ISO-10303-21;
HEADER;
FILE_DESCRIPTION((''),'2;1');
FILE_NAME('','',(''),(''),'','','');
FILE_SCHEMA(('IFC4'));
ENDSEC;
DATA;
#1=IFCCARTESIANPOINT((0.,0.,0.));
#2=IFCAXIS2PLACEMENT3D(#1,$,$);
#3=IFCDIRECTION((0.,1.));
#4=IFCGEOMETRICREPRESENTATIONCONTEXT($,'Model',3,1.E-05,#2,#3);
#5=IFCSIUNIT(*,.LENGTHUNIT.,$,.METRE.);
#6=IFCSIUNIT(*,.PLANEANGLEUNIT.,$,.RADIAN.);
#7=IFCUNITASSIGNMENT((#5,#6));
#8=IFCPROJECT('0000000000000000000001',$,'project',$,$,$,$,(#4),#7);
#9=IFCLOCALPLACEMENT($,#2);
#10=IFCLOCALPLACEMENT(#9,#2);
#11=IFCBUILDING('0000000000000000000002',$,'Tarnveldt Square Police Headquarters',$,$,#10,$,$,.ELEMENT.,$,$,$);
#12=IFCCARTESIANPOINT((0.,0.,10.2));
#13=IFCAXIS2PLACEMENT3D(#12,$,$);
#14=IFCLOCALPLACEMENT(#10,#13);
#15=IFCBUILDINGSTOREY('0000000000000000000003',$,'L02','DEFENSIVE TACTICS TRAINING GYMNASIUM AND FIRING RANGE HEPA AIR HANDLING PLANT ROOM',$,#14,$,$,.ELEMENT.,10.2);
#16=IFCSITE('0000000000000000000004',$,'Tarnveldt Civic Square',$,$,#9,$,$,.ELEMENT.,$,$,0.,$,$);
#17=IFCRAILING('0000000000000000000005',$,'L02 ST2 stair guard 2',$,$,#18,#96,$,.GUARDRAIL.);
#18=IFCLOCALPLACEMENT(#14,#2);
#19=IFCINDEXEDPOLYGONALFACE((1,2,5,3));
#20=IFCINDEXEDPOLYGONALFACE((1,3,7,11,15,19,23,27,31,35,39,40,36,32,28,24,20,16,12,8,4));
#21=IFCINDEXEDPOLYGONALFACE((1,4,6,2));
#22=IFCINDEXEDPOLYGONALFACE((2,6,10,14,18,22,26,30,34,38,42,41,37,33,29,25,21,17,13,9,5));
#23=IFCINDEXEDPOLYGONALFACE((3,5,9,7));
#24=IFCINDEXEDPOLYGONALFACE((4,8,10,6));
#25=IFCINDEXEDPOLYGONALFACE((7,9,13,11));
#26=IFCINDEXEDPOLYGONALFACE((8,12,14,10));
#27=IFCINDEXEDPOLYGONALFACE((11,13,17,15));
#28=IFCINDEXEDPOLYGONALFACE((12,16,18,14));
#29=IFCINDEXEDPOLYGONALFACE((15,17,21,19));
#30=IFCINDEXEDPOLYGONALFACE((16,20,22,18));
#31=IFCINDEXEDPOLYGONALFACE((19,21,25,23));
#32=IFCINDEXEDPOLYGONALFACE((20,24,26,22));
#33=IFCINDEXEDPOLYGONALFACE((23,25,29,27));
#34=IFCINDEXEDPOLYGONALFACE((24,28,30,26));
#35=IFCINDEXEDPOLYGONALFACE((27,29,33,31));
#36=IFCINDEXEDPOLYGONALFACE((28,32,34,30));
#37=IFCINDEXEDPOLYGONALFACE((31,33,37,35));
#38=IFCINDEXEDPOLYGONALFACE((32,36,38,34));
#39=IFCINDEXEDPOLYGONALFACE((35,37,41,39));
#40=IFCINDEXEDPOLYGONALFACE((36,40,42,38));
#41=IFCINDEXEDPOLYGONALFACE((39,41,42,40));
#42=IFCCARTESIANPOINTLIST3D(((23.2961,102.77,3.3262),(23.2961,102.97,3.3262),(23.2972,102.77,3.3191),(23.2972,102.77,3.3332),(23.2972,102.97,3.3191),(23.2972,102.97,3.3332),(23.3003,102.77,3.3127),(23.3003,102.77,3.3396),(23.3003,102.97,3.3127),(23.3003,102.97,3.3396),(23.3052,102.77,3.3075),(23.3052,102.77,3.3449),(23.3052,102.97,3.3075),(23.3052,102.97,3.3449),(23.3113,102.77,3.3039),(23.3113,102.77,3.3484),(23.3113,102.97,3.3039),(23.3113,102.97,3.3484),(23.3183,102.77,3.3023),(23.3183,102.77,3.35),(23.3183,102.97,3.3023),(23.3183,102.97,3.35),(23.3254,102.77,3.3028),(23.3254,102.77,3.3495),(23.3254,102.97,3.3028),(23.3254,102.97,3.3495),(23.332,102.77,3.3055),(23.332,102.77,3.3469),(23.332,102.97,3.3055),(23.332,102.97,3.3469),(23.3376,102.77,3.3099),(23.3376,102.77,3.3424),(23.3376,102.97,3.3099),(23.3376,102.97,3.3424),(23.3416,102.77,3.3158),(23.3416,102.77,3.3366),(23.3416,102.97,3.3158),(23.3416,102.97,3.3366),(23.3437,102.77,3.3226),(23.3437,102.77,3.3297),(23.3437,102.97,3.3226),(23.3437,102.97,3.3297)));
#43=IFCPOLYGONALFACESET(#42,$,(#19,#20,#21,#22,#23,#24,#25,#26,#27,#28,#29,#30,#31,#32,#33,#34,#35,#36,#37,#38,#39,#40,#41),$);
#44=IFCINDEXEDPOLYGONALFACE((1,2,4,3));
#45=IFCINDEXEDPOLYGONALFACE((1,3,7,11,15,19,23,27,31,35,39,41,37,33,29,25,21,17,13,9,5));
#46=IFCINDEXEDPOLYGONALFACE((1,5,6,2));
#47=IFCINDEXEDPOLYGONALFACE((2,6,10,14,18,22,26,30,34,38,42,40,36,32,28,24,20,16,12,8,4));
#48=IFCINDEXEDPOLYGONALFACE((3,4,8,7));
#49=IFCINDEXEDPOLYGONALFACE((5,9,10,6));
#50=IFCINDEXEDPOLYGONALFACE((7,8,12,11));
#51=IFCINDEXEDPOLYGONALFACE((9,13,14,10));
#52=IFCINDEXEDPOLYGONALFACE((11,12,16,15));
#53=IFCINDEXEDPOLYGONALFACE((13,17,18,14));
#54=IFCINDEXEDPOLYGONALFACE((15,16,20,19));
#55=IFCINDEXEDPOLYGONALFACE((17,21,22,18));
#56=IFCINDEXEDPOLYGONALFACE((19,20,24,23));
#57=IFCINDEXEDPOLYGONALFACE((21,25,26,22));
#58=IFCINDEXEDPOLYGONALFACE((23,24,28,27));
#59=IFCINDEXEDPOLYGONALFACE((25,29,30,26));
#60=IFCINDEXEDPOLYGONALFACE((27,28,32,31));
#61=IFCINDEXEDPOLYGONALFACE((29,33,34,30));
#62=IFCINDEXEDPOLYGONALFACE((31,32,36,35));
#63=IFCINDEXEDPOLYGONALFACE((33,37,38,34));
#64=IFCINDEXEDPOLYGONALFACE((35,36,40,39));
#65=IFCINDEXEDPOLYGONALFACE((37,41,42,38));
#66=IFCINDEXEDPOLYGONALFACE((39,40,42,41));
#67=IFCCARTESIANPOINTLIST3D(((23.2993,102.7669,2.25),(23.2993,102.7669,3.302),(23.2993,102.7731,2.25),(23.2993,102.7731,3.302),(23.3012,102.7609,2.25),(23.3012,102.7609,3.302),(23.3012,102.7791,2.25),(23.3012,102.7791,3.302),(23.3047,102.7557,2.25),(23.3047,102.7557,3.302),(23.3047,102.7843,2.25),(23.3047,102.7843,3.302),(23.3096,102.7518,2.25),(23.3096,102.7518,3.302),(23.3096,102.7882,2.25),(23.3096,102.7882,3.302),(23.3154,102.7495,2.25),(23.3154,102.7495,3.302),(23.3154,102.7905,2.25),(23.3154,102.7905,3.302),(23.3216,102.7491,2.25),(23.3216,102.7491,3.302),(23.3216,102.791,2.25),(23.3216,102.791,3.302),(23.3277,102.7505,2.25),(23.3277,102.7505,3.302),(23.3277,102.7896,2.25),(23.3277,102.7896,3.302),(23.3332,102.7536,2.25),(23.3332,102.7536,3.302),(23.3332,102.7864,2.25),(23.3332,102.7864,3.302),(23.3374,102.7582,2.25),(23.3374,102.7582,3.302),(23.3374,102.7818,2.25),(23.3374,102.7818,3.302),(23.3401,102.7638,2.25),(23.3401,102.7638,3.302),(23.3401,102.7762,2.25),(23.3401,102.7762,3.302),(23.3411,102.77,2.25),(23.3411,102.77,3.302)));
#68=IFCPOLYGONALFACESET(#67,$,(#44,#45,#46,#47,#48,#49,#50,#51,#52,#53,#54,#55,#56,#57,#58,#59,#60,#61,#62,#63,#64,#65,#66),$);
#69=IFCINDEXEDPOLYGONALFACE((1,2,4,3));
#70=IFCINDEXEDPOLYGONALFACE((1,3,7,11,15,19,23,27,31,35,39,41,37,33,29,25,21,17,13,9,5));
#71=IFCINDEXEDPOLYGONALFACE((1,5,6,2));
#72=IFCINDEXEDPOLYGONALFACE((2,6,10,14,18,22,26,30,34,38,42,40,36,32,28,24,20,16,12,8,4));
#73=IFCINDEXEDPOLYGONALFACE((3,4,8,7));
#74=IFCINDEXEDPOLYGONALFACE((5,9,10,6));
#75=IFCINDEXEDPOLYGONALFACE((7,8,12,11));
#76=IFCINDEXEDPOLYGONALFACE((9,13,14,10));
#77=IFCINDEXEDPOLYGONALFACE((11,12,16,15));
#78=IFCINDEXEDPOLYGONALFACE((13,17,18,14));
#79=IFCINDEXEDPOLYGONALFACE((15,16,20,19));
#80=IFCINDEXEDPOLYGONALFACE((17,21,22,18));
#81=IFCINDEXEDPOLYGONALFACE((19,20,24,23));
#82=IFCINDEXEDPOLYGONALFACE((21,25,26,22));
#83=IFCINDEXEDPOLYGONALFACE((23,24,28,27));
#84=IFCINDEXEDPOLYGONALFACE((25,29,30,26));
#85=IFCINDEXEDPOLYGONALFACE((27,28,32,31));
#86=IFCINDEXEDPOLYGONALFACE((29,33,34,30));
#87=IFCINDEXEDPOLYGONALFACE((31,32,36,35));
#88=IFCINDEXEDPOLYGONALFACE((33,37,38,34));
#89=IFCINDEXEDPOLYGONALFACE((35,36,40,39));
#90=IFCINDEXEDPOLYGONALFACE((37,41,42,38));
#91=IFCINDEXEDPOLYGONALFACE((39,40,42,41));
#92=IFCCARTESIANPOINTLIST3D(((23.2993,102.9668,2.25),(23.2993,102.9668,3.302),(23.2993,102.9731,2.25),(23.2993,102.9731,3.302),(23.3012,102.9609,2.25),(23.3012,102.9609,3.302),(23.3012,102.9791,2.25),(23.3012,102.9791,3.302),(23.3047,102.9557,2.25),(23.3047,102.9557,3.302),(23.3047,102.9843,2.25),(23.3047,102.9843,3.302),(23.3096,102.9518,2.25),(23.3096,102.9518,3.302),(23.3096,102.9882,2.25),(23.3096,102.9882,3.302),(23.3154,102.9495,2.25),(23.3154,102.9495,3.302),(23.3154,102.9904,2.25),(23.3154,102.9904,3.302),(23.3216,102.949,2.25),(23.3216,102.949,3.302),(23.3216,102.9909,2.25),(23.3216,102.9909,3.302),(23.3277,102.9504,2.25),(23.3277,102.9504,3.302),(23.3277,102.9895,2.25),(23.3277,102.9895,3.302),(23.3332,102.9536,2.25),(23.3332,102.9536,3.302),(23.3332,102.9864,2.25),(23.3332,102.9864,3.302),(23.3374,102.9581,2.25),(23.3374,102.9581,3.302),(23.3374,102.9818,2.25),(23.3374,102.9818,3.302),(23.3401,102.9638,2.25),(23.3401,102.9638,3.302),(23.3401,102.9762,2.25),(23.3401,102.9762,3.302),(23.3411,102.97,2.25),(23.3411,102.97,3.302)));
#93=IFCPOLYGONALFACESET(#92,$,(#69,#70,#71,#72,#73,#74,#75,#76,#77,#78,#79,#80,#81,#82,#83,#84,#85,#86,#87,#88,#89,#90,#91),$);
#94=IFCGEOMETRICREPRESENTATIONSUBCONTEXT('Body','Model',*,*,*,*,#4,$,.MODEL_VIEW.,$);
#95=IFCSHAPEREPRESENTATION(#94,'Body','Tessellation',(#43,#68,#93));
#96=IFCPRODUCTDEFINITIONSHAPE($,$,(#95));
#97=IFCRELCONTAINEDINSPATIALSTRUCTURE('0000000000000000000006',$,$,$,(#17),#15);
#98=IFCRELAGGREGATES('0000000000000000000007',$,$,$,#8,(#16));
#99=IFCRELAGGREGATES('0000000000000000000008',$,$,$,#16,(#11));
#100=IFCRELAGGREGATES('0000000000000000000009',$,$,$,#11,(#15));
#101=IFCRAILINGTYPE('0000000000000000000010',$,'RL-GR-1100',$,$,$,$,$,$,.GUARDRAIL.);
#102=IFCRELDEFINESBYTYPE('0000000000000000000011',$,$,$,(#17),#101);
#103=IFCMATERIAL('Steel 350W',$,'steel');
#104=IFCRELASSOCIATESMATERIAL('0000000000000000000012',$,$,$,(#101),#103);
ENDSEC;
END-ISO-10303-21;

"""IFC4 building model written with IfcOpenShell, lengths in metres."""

from ifc_helpers import new_model, si_unit, direction, frame, origin, origin_2d, place, context, subcontext, project, spatial, circle, extrude, material, type_object, element, save


model = new_model("IFC4")

# Units and contexts
model_context = context("Model", 3, precision=1e-05, world=origin(), true_north=direction((0.0, 1.0)))
body_context = subcontext(model_context, "Body", "Model", "MODEL_VIEW")
ifc_project = project(units=[si_unit("LENGTHUNIT", "METRE"), si_unit("PLANEANGLEUNIT", "RADIAN")], contexts=[model_context])

# Site, building, storey
site_placement = place(None, origin())
site = spatial("IfcSite", under=ifc_project, at=site_placement, Name="Tarnveldt Civic Square", CompositionType="ELEMENT", RefElevation=0.0)
building_placement = place(site_placement, origin())
building = spatial("IfcBuilding", under=site, at=building_placement, Name="Tarnveldt Square Police Headquarters", CompositionType="ELEMENT")
storey_placement = place(building_placement, frame((0.0, 0.0, 10.2)))
storey = spatial("IfcBuildingStorey", under=building, at=storey_placement, Name="L02", Description="DEFENSIVE TACTICS TRAINING GYMNASIUM AND FIRING RANGE HEPA AIR HANDLING PLANT ROOM", CompositionType="ELEMENT", Elevation=10.2)

# Shared definitions
ifc_material_1 = material(Name="Steel 350W", Category="steel")

# Railing
railing_type_1 = type_object("IfcRailingType", Name="RL-GR-1100", PredefinedType="GUARDRAIL", material=ifc_material_1)
railing_1_placement = place(storey_placement, frame((23.3201, 102.77, 2.25)))
element("IfcRailing", 1, at=railing_1_placement, inside=storey, type_object=railing_type_1, Name="L02 ST2 stair guard 2", PredefinedType="GUARDRAIL", context=body_context, shape_type="SweptSolid", body=[
    extrude(circle(Radius=0.0239, at=origin_2d()), frame((0.0, 0.0, 1.0762), z_axis=(0.0, 1.0, 0.0), x_axis=(-1.0, 0.0, 0.0)), (0.0, 0.0, 1.0), 0.2),
    extrude(circle(Radius=0.021, at=origin_2d()), origin(), (0.0, 0.0, 1.0), 1.052),
    extrude(circle(Radius=0.021, at=origin_2d()), frame((0.0, 0.2, 0.0)), (0.0, 0.0, 1.0), 1.052),
])

save(model, "model.ifc")
